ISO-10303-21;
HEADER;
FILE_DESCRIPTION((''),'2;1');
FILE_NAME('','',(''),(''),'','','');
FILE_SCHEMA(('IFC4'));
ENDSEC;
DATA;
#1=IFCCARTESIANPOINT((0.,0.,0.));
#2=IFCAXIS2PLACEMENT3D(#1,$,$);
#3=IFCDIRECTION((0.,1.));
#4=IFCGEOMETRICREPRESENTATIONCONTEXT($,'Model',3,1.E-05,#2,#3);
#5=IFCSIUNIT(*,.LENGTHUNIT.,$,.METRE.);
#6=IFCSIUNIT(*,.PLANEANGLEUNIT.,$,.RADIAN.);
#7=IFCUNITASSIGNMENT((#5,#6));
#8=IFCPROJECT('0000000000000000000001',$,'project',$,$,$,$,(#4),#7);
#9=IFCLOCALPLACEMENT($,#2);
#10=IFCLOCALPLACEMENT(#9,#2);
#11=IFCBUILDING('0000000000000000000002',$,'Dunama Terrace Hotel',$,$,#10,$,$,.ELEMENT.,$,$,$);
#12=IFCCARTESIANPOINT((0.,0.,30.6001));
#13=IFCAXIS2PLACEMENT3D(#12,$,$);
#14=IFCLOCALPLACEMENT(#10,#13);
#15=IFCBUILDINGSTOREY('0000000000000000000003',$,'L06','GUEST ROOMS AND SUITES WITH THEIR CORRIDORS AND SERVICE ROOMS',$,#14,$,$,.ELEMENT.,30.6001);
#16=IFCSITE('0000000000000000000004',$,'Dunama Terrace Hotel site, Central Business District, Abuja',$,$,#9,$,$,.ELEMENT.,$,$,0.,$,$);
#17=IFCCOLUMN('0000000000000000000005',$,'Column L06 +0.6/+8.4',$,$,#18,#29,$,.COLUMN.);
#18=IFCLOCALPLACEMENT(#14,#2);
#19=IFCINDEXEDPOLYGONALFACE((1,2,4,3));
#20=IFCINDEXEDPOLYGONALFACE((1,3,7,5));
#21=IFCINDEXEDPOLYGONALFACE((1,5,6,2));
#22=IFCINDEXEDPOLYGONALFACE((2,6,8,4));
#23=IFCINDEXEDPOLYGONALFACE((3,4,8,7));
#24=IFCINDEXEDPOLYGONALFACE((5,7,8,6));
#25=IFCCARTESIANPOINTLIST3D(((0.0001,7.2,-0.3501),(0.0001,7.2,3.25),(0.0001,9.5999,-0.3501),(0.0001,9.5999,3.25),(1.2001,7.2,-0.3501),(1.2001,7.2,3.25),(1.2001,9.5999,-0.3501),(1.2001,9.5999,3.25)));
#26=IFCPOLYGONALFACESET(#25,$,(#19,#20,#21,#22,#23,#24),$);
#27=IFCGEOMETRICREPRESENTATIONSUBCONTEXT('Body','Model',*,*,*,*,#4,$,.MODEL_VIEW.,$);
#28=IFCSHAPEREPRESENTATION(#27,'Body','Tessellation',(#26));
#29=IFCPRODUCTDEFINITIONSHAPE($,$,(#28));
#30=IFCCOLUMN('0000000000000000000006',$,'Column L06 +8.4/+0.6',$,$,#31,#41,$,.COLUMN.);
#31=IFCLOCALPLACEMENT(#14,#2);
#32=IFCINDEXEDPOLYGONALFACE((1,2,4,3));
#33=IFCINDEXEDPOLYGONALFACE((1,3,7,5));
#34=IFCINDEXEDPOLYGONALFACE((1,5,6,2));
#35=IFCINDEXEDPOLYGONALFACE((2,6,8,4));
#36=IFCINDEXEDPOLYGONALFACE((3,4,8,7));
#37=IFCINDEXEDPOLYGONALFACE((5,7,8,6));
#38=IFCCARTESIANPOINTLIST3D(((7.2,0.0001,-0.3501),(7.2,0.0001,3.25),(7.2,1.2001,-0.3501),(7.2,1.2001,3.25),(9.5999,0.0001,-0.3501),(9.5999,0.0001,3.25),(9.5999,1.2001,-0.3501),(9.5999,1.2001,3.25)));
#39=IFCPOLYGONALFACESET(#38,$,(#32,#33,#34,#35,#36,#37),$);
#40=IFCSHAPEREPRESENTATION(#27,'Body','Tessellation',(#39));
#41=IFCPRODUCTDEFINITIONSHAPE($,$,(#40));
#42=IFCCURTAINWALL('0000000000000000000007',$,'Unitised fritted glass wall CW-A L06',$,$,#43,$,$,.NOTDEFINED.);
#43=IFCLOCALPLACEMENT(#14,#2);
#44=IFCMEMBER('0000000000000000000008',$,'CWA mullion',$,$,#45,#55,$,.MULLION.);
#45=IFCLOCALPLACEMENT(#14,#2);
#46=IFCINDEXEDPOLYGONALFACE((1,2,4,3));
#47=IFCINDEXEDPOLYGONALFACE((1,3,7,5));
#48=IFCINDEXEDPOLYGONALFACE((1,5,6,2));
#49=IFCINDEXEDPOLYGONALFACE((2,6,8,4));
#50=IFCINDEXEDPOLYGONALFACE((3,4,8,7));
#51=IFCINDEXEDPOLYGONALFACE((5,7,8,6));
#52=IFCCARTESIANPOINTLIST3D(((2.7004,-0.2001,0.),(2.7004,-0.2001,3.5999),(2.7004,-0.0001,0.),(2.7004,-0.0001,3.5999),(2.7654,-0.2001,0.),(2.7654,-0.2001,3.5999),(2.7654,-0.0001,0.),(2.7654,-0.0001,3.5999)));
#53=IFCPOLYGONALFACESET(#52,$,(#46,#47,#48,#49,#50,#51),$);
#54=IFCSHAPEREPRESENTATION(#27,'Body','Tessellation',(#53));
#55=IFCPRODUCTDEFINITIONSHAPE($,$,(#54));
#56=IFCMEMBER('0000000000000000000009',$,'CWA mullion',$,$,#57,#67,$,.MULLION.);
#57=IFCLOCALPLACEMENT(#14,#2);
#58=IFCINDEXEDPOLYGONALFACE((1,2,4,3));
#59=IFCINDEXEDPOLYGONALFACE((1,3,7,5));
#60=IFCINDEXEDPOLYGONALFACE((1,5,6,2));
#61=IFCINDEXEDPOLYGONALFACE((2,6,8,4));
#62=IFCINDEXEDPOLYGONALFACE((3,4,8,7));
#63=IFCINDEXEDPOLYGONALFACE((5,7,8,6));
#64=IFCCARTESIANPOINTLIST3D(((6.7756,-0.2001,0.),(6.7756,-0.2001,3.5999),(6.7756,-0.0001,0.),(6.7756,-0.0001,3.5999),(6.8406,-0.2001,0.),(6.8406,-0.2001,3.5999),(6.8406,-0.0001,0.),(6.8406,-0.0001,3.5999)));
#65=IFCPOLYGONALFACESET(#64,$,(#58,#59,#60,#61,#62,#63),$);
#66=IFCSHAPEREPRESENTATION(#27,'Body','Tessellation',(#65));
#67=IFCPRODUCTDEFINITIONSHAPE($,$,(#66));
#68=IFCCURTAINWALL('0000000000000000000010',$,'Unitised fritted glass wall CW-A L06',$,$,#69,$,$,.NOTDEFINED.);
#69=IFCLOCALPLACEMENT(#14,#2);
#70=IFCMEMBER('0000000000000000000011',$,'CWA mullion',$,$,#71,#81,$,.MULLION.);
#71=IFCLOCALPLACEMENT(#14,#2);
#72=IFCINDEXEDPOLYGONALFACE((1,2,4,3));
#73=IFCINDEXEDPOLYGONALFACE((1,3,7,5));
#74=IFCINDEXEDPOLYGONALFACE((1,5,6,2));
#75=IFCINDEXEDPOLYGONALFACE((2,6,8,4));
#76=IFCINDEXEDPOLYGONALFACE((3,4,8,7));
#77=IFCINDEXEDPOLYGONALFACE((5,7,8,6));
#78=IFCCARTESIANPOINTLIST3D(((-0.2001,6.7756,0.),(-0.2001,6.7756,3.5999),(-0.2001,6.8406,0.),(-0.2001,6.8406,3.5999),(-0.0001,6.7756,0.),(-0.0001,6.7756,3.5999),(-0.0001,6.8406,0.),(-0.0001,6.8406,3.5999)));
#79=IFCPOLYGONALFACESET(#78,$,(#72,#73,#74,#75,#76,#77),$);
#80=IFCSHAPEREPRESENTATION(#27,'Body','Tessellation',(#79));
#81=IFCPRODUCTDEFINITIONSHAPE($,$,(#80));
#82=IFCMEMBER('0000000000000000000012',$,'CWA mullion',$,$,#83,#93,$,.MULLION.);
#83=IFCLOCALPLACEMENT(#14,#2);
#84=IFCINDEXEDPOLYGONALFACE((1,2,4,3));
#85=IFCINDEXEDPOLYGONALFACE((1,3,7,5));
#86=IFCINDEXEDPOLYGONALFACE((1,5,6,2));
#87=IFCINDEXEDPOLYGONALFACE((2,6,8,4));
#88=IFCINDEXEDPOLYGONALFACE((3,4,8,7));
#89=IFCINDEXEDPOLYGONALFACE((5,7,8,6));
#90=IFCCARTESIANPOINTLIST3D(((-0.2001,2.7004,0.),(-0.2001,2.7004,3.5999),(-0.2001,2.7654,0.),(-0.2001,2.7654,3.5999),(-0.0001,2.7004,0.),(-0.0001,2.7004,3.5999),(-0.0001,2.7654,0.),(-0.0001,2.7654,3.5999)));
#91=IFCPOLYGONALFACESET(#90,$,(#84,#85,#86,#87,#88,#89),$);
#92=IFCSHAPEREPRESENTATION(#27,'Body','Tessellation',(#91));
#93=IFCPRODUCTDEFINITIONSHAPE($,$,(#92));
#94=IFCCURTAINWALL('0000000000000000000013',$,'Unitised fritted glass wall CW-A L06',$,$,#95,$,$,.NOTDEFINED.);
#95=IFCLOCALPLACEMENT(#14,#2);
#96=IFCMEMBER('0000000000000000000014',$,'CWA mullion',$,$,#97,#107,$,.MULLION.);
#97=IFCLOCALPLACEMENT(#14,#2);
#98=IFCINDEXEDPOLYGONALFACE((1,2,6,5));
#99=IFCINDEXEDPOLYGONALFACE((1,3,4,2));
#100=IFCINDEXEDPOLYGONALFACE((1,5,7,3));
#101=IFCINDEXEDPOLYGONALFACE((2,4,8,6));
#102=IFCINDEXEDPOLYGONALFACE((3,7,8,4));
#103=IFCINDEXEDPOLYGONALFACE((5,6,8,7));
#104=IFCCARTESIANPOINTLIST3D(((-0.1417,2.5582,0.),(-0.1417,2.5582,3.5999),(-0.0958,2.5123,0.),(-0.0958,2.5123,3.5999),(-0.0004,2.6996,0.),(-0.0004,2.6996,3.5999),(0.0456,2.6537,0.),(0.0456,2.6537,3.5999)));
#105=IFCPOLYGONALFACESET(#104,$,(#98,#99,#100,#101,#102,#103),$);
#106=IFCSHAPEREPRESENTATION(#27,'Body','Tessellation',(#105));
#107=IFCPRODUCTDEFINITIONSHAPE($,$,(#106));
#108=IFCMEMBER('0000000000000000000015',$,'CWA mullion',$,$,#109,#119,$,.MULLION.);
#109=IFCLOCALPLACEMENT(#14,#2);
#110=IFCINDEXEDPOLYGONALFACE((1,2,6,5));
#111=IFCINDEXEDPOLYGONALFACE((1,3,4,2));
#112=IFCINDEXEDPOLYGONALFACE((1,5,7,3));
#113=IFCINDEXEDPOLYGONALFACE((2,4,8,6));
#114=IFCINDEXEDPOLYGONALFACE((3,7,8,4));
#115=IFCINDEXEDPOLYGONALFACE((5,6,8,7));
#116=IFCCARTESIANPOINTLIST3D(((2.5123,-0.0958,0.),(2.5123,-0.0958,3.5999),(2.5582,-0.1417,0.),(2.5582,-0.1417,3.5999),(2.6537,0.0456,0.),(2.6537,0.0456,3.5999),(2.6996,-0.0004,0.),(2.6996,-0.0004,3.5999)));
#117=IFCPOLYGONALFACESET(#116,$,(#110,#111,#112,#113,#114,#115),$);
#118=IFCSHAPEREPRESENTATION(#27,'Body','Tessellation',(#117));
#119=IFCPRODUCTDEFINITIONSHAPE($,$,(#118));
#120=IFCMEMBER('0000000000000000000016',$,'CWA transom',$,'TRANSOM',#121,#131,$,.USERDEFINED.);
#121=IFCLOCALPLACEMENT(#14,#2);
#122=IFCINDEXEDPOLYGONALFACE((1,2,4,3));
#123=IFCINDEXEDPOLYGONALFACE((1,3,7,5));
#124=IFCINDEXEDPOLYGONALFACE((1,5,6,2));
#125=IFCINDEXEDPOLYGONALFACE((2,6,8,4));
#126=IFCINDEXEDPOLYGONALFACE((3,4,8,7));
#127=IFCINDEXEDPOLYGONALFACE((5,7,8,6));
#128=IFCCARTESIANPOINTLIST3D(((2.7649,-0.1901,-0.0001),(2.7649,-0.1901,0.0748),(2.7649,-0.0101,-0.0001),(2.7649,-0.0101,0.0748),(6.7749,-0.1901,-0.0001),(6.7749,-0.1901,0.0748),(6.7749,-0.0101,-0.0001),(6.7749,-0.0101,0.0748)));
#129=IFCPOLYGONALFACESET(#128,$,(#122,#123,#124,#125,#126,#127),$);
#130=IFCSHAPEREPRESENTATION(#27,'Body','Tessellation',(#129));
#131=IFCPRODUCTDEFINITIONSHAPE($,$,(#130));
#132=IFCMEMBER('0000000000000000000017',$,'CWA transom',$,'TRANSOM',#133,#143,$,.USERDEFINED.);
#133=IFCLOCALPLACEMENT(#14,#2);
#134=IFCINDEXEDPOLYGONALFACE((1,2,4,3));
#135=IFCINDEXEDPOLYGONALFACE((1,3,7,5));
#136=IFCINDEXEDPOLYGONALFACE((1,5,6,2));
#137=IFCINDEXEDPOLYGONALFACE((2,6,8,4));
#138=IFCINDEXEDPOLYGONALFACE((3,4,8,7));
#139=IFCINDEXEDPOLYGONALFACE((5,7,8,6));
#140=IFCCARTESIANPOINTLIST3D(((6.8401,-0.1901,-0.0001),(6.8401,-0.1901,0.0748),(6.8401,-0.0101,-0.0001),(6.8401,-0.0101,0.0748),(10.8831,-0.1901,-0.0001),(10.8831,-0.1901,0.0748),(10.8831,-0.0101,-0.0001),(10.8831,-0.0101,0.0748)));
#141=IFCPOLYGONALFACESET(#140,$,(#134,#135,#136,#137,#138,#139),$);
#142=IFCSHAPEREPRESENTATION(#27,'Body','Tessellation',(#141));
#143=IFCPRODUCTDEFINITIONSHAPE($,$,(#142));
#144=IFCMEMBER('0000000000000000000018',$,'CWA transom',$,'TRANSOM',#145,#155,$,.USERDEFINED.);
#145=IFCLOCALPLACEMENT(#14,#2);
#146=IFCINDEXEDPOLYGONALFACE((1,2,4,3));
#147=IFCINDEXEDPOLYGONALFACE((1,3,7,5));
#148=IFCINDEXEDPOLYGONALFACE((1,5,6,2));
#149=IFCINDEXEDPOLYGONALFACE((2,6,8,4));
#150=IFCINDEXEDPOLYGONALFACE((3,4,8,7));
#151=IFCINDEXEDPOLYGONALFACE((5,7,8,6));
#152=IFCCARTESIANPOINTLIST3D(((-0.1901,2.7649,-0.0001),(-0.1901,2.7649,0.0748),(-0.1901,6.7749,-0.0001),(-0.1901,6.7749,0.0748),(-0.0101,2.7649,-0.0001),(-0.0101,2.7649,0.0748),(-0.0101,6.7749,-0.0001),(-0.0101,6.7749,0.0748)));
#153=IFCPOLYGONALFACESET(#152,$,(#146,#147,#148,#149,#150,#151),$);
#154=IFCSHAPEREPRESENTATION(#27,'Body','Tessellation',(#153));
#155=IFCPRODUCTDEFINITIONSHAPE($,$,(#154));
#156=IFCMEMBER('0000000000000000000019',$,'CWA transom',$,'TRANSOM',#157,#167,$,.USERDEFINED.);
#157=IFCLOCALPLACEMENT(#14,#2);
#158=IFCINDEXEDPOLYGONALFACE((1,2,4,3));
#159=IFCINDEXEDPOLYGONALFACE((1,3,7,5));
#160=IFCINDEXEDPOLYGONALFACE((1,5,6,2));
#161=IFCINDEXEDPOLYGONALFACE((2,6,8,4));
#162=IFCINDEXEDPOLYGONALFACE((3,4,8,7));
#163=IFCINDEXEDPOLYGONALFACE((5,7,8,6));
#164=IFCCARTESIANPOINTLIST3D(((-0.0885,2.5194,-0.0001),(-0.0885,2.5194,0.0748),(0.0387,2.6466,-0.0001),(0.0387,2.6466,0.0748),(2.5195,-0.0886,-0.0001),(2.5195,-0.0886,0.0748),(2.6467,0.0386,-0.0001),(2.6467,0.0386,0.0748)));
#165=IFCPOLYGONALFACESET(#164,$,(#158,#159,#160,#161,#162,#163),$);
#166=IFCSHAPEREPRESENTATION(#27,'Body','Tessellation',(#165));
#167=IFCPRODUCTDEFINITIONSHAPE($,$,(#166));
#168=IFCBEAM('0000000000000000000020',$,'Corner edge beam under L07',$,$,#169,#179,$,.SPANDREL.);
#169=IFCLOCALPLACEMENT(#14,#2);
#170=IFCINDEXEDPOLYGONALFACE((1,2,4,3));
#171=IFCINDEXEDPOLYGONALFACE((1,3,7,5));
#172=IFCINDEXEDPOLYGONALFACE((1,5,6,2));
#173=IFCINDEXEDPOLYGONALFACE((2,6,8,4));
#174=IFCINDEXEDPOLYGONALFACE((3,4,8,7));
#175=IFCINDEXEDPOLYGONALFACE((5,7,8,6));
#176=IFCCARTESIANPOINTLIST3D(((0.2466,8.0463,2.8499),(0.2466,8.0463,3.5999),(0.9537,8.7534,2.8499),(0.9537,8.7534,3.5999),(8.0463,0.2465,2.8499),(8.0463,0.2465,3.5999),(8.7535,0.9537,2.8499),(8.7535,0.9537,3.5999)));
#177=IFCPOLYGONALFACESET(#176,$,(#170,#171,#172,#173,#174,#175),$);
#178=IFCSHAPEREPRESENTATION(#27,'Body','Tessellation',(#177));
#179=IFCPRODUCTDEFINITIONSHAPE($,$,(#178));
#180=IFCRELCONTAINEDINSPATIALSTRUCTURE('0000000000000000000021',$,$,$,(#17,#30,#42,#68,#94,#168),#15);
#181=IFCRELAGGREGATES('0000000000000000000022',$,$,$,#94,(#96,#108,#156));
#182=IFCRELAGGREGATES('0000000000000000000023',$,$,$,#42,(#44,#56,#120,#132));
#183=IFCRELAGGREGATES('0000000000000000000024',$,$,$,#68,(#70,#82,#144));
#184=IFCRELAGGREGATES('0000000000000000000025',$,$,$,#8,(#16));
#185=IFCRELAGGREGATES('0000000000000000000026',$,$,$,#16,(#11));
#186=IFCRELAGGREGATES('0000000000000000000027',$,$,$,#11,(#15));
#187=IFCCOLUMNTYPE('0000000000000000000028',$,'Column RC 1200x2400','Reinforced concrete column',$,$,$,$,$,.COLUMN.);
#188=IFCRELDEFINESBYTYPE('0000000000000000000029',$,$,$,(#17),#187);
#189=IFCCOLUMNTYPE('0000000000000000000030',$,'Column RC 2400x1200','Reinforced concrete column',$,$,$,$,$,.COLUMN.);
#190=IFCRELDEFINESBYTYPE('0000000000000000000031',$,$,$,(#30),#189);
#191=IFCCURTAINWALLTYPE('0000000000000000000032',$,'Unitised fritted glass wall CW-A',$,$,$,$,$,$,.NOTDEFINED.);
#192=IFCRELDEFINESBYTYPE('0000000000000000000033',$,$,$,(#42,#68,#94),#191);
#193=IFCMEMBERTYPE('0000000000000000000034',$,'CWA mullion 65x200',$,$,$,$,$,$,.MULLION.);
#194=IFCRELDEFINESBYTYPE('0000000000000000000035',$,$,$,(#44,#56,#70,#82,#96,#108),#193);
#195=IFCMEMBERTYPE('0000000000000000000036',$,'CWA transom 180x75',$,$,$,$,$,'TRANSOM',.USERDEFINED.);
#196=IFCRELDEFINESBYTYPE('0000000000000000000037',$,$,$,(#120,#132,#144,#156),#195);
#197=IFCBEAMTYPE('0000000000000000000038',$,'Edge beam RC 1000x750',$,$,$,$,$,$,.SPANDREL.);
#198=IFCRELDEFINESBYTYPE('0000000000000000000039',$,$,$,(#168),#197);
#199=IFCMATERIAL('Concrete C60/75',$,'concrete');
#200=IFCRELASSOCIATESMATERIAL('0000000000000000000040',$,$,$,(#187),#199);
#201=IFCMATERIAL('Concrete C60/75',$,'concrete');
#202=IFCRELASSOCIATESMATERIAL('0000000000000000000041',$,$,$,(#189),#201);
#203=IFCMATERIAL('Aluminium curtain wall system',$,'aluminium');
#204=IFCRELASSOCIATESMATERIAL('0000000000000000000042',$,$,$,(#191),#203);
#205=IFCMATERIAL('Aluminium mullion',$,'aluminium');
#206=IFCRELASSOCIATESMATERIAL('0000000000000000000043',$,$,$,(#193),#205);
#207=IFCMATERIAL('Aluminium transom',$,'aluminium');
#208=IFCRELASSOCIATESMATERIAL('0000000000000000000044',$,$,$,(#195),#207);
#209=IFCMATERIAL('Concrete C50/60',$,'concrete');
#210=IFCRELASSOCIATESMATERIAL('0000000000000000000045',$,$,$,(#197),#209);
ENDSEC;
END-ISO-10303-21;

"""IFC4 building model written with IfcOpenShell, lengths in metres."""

from ifc_helpers import new_model, si_unit, direction, frame, origin, origin_2d, place, context, subcontext, project, spatial, rectangle, extrude, material, material_profile, profile_set, type_object, element, aggregate, save


model = new_model("IFC4")

# Units and contexts
model_context = context("Model", 3, precision=1e-05, world=origin(), true_north=direction((0.0, 1.0)))
body_context = subcontext(model_context, "Body", "Model", "MODEL_VIEW")
ifc_project = project(units=[si_unit("LENGTHUNIT", "METRE"), si_unit("PLANEANGLEUNIT", "RADIAN")], contexts=[model_context])

# Site, building, storey
site_placement = place(None, origin())
site = spatial("IfcSite", under=ifc_project, at=site_placement, Name="Dunama Terrace Hotel site, Central Business District, Abuja", CompositionType="ELEMENT", RefElevation=0.0)
building_placement = place(site_placement, origin())
building = spatial("IfcBuilding", under=site, at=building_placement, Name="Dunama Terrace Hotel", CompositionType="ELEMENT")
storey_placement = place(building_placement, frame((0.0, 0.0, 30.6001)))
storey = spatial("IfcBuildingStorey", under=building, at=storey_placement, Name="L06", Description="GUEST ROOMS AND SUITES WITH THEIR CORRIDORS AND SERVICE ROOMS", CompositionType="ELEMENT", Elevation=30.6001)

# Columns
ifc_material_1 = material(Name="Concrete C60/75", Category="concrete")
ifc_material_profile_1 = material_profile(ifc_material_1, rectangle(XDim=1.2, YDim=2.3999, at=origin_2d()), Name="RC 1200x2400")
ifc_profile_set_1 = profile_set([ifc_material_profile_1], Name="Concrete C60/75")
column_type_1 = type_object("IfcColumnType", Name="Column RC 1200x2400", Description="Reinforced concrete column", PredefinedType="COLUMN", material=ifc_profile_set_1)
column_1_placement = place(storey_placement, frame((0.6001, 8.3999, -0.3501), z_axis=(0.0, 0.0, 1.0), x_axis=(1.0, 0.0, 0.0)))
element("IfcColumn", 1, at=column_1_placement, inside=storey, type_object=column_type_1, Name="Column L06 +0.6/+8.4", PredefinedType="COLUMN", context=body_context, shape_type="SweptSolid", body=[
    extrude(rectangle(XDim=1.2, YDim=2.3999, at=origin_2d()), origin(), (0.0, 0.0, 1.0), 3.6001),
])
ifc_material_2 = material(Name="Concrete C60/75", Category="concrete")
ifc_material_profile_2 = material_profile(ifc_material_2, rectangle(XDim=2.3999, YDim=1.2, at=origin_2d()), Name="RC 2400x1200")
ifc_profile_set_2 = profile_set([ifc_material_profile_2], Name="Concrete C60/75")
column_type_2 = type_object("IfcColumnType", Name="Column RC 2400x1200", Description="Reinforced concrete column", PredefinedType="COLUMN", material=ifc_profile_set_2)
column_2_placement = place(storey_placement, frame((8.3999, 0.6001, -0.3501), z_axis=(0.0, 0.0, 1.0), x_axis=(1.0, 0.0, 0.0)))
element("IfcColumn", 2, at=column_2_placement, inside=storey, type_object=column_type_2, Name="Column L06 +8.4/+0.6", PredefinedType="COLUMN", context=body_context, shape_type="SweptSolid", body=[
    extrude(rectangle(XDim=2.3999, YDim=1.2, at=origin_2d()), origin(), (0.0, 0.0, 1.0), 3.6001),
])

# Curtain walls, members
ifc_material_3 = material(Name="Aluminium curtain wall system", Category="aluminium")
curtain_wall_type = type_object("IfcCurtainWallType", Name="Unitised fritted glass wall CW-A", PredefinedType="NOTDEFINED", material=ifc_material_3)
curtain_wall_1_placement = place(storey_placement, origin())
curtain_wall_1 = element("IfcCurtainWall", 3, at=curtain_wall_1_placement, inside=storey, type_object=curtain_wall_type, Name="Unitised fritted glass wall CW-A L06", PredefinedType="NOTDEFINED")
ifc_material_4 = material(Name="Aluminium mullion", Category="aluminium")
ifc_material_profile_3 = material_profile(ifc_material_4, rectangle(XDim=0.0649, YDim=0.2, at=origin_2d()), Name="CWA MULLION 65X200")
ifc_profile_set_3 = profile_set([ifc_material_profile_3], Name="Aluminium mullion")
member_type_1 = type_object("IfcMemberType", Name="CWA mullion 65x200", PredefinedType="MULLION", material=ifc_profile_set_3)
member_1_placement = place(storey_placement, frame((2.7329, -0.1001, 0.0), z_axis=(0.0, 0.0, 1.0), x_axis=(1.0, 0.0, 0.0)))
member_1 = element("IfcMember", 4, at=member_1_placement, type_object=member_type_1, Name="CWA mullion", PredefinedType="MULLION", context=body_context, shape_type="SweptSolid", body=[
    extrude(rectangle(XDim=0.0649, YDim=0.2, at=origin_2d()), origin(), (0.0, 0.0, 1.0), 3.5999),
])
member_2_placement = place(storey_placement, frame((6.8081, -0.1001, 0.0), z_axis=(0.0, 0.0, 1.0), x_axis=(1.0, 0.0, 0.0)))
member_2 = element("IfcMember", 5, at=member_2_placement, type_object=member_type_1, Name="CWA mullion", PredefinedType="MULLION", context=body_context, shape_type="SweptSolid", body=[
    extrude(rectangle(XDim=0.0649, YDim=0.2, at=origin_2d()), origin(), (0.0, 0.0, 1.0), 3.5999),
])
curtain_wall_2_placement = place(storey_placement, origin())
curtain_wall_2 = element("IfcCurtainWall", 6, at=curtain_wall_2_placement, inside=storey, type_object=curtain_wall_type, Name="Unitised fritted glass wall CW-A L06", PredefinedType="NOTDEFINED")
member_3_placement = place(storey_placement, frame((-0.1001, 6.8081, 0.0), z_axis=(0.0, 0.0, 1.0), x_axis=(0.0, -1.0, 0.0)))
member_3 = element("IfcMember", 7, at=member_3_placement, type_object=member_type_1, Name="CWA mullion", PredefinedType="MULLION", context=body_context, shape_type="SweptSolid", body=[
    extrude(rectangle(XDim=0.0649, YDim=0.2, at=origin_2d()), origin(), (0.0, 0.0, 1.0), 3.5999),
])
member_4_placement = place(storey_placement, frame((-0.1001, 2.7329, 0.0), z_axis=(0.0, 0.0, 1.0), x_axis=(0.0, -1.0, 0.0)))
member_4 = element("IfcMember", 8, at=member_4_placement, type_object=member_type_1, Name="CWA mullion", PredefinedType="MULLION", context=body_context, shape_type="SweptSolid", body=[
    extrude(rectangle(XDim=0.0649, YDim=0.2, at=origin_2d()), origin(), (0.0, 0.0, 1.0), 3.5999),
])
curtain_wall_3_placement = place(storey_placement, origin())
curtain_wall_3 = element("IfcCurtainWall", 9, at=curtain_wall_3_placement, inside=storey, type_object=curtain_wall_type, Name="Unitised fritted glass wall CW-A L06", PredefinedType="NOTDEFINED")
member_5_placement = place(storey_placement, frame((-0.0481, 2.606, 0.0), z_axis=(0.0, 0.0, 1.0), x_axis=(0.707107, -0.707107, 0.0)))
member_5 = element("IfcMember", 10, at=member_5_placement, type_object=member_type_1, Name="CWA mullion", PredefinedType="MULLION", context=body_context, shape_type="SweptSolid", body=[
    extrude(rectangle(XDim=0.0649, YDim=0.2, at=origin_2d()), origin(), (0.0, 0.0, 1.0), 3.5999),
])
member_6_placement = place(storey_placement, frame((2.606, -0.0481, 0.0), z_axis=(0.0, 0.0, 1.0), x_axis=(0.707107, -0.707107, 0.0)))
member_6 = element("IfcMember", 11, at=member_6_placement, type_object=member_type_1, Name="CWA mullion", PredefinedType="MULLION", context=body_context, shape_type="SweptSolid", body=[
    extrude(rectangle(XDim=0.0649, YDim=0.2, at=origin_2d()), origin(), (0.0, 0.0, 1.0), 3.5999),
])

# Members
ifc_material_5 = material(Name="Aluminium transom", Category="aluminium")
ifc_material_profile_4 = material_profile(ifc_material_5, rectangle(XDim=0.1799, YDim=0.075, at=origin_2d()), Name="CWA TRANSOM 180X75")
ifc_profile_set_4 = profile_set([ifc_material_profile_4], Name="Aluminium transom")
member_type_2 = type_object("IfcMemberType", Name="CWA transom 180x75", ElementType="TRANSOM", PredefinedType="USERDEFINED", material=ifc_profile_set_4)
member_7_placement = place(storey_placement, frame((2.7649, -0.1001, 0.0374), z_axis=(1.0, 0.0, 0.0), x_axis=(0.0, 1.0, 0.0)))
member_7 = element("IfcMember", 12, at=member_7_placement, type_object=member_type_2, Name="CWA transom", ObjectType="TRANSOM", PredefinedType="USERDEFINED", context=body_context, shape_type="SweptSolid", body=[
    extrude(rectangle(XDim=0.1799, YDim=0.075, at=origin_2d()), origin(), (0.0, 0.0, 1.0), 4.01),
])
member_8_placement = place(storey_placement, frame((6.8401, -0.1001, 0.0374), z_axis=(1.0, 0.0, 0.0), x_axis=(0.0, 1.0, 0.0)))
member_8 = element("IfcMember", 13, at=member_8_placement, type_object=member_type_2, Name="CWA transom", ObjectType="TRANSOM", PredefinedType="USERDEFINED", context=body_context, shape_type="SweptSolid", body=[
    extrude(rectangle(XDim=0.1799, YDim=0.075, at=origin_2d()), origin(), (0.0, 0.0, 1.0), 4.043),
])
member_9_placement = place(storey_placement, frame((-0.1001, 6.7749, 0.0374), z_axis=(0.0, -1.0, 0.0), x_axis=(1.0, 0.0, 0.0)))
member_9 = element("IfcMember", 14, at=member_9_placement, type_object=member_type_2, Name="CWA transom", ObjectType="TRANSOM", PredefinedType="USERDEFINED", context=body_context, shape_type="SweptSolid", body=[
    extrude(rectangle(XDim=0.1799, YDim=0.075, at=origin_2d()), origin(), (0.0, 0.0, 1.0), 4.01),
])
member_10_placement = place(storey_placement, frame((-0.0249, 2.583, 0.0374), z_axis=(0.707107, -0.707107, 0.0), x_axis=(0.707107, 0.707107, 0.0)))
member_10 = element("IfcMember", 15, at=member_10_placement, type_object=member_type_2, Name="CWA transom", ObjectType="TRANSOM", PredefinedType="USERDEFINED", context=body_context, shape_type="SweptSolid", body=[
    extrude(rectangle(XDim=0.1799, YDim=0.075, at=origin_2d()), origin(), (0.0, 0.0, 1.0), 3.6882),
])

# Beam
ifc_material_6 = material(Name="Concrete C50/60", Category="concrete")
ifc_material_profile_5 = material_profile(ifc_material_6, rectangle(XDim=1.0, YDim=0.75, at=origin_2d()), Name="RC 1000x750")
ifc_profile_set_5 = profile_set([ifc_material_profile_5], Name="Concrete C50/60")
beam_type_1 = type_object("IfcBeamType", Name="Edge beam RC 1000x750", PredefinedType="SPANDREL", material=ifc_profile_set_5)
beam_1_placement = place(storey_placement, frame((8.3999, 0.6001, 3.2249), z_axis=(-0.707107, 0.707107, 0.0), x_axis=(-0.707107, -0.707107, 0.0)))
element("IfcBeam", 16, at=beam_1_placement, inside=storey, type_object=beam_type_1, Name="Corner edge beam under L07", PredefinedType="SPANDREL", context=body_context, shape_type="SweptSolid", body=[
    extrude(rectangle(XDim=1.0, YDim=0.75, at=origin_2d()), origin(), (0.0, 0.0, 1.0), 11.0305),
])

aggregate(curtain_wall_3, [member_5, member_6, member_10])
aggregate(curtain_wall_1, [member_1, member_2, member_7, member_8])
aggregate(curtain_wall_2, [member_3, member_4, member_9])

save(model, "model.ifc")
